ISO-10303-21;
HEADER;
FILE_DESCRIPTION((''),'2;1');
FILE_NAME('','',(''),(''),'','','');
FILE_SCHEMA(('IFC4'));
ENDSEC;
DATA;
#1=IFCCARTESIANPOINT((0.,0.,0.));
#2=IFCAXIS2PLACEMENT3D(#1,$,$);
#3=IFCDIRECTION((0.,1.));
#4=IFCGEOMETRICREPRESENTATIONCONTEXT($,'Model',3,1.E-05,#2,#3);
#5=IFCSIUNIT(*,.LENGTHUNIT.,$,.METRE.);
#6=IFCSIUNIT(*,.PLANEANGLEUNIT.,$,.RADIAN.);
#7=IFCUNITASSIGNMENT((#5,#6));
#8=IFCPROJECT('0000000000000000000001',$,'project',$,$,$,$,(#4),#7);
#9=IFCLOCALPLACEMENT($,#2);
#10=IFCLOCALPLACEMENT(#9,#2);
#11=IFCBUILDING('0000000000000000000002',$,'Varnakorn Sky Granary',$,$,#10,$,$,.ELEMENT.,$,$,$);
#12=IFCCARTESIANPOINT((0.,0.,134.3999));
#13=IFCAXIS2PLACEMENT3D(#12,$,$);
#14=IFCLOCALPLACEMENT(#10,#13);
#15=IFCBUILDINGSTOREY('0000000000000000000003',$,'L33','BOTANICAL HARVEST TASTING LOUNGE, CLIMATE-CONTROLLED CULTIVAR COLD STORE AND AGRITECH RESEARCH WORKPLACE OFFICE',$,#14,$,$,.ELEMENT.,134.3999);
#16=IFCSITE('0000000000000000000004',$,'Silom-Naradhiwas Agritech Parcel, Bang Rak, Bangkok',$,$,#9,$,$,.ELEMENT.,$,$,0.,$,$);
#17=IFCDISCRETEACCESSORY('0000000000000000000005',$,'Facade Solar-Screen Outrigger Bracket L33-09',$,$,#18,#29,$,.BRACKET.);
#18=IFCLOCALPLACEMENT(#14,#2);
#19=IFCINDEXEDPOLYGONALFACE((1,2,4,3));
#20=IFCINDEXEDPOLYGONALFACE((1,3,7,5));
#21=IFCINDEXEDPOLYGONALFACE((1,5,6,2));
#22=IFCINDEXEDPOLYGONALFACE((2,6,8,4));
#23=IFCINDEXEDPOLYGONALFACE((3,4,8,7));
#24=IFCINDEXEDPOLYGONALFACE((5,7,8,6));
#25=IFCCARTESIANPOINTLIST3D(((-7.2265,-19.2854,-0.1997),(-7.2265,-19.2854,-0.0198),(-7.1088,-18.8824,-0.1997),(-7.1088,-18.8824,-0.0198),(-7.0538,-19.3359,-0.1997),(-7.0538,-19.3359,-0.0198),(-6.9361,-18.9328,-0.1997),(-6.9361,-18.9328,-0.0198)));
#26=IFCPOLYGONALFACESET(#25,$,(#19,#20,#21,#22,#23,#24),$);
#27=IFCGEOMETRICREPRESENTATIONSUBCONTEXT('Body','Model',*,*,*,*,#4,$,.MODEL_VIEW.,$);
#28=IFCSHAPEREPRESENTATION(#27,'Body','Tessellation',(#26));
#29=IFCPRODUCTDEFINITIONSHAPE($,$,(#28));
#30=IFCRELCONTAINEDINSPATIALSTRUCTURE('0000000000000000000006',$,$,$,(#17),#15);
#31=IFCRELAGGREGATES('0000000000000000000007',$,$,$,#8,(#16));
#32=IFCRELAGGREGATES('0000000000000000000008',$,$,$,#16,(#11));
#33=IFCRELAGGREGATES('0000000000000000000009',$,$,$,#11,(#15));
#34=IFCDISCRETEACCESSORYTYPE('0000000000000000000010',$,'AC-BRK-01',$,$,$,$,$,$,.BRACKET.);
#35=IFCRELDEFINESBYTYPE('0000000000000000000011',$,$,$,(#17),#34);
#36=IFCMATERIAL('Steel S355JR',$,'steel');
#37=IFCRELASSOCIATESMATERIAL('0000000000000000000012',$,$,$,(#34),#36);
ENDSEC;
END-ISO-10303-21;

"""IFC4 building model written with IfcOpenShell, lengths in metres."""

from ifc_helpers import new_model, si_unit, direction, frame, origin, origin_2d, place, context, subcontext, project, spatial, rectangle, extrude, source, transform, mapped, material, type_object, type_shapes, element, save


model = new_model("IFC4")

# Units and contexts
model_context = context("Model", 3, precision=1e-05, world=origin(), true_north=direction((0.0, 1.0)))
body_context = subcontext(model_context, "Body", "Model", "MODEL_VIEW")
ifc_project = project(units=[si_unit("LENGTHUNIT", "METRE"), si_unit("PLANEANGLEUNIT", "RADIAN")], contexts=[model_context])

# Site, building, storey
site_placement = place(None, origin())
site = spatial("IfcSite", under=ifc_project, at=site_placement, Name="Silom-Naradhiwas Agritech Parcel, Bang Rak, Bangkok", CompositionType="ELEMENT", RefElevation=0.0)
building_placement = place(site_placement, origin())
building = spatial("IfcBuilding", under=site, at=building_placement, Name="Varnakorn Sky Granary", CompositionType="ELEMENT")
storey_placement = place(building_placement, frame((0.0, 0.0, 134.3999)))
storey = spatial("IfcBuildingStorey", under=building, at=storey_placement, Name="L33", Description="BOTANICAL HARVEST TASTING LOUNGE, CLIMATE-CONTROLLED CULTIVAR COLD STORE AND AGRITECH RESEARCH WORKPLACE OFFICE", CompositionType="ELEMENT", Elevation=134.3999)

# Shared definitions
ifc_material_1 = material(Name="Steel S355JR", Category="steel")

# Discrete accessory
discrete_accessory_type = type_object("IfcDiscreteAccessoryType", Name="AC-BRK-01", PredefinedType="BRACKET", material=ifc_material_1)
shared_shape_1 = source(origin(), body_context, "Body", "SweptSolid", [
    extrude(rectangle(XDim=0.1799, YDim=0.4199, at=origin_2d()), origin(), (0.0, 0.0, 1.0), 0.1799),
])
type_shapes(discrete_accessory_type, [shared_shape_1])
discrete_accessory_placement = place(storey_placement, frame((-7.0813, -19.1091, -0.1997), z_axis=(0.0, 0.0, 1.0), x_axis=(0.959893, -0.280367, 0.0)))
element("IfcDiscreteAccessory", 1, at=discrete_accessory_placement, inside=storey, type_object=discrete_accessory_type, Name="Facade Solar-Screen Outrigger Bracket L33-09", PredefinedType="BRACKET", context=body_context, shape_type="MappedRepresentation", body=[
    mapped(shared_shape_1, transform((0.0, 0.0, 0.0), x_axis=(1.0, 0.0, 0.0), y_axis=(0.0, 1.0, 0.0), z_axis=(0.0, 0.0, 1.0), scale=1.0)),
])

save(model, "model.ifc")
